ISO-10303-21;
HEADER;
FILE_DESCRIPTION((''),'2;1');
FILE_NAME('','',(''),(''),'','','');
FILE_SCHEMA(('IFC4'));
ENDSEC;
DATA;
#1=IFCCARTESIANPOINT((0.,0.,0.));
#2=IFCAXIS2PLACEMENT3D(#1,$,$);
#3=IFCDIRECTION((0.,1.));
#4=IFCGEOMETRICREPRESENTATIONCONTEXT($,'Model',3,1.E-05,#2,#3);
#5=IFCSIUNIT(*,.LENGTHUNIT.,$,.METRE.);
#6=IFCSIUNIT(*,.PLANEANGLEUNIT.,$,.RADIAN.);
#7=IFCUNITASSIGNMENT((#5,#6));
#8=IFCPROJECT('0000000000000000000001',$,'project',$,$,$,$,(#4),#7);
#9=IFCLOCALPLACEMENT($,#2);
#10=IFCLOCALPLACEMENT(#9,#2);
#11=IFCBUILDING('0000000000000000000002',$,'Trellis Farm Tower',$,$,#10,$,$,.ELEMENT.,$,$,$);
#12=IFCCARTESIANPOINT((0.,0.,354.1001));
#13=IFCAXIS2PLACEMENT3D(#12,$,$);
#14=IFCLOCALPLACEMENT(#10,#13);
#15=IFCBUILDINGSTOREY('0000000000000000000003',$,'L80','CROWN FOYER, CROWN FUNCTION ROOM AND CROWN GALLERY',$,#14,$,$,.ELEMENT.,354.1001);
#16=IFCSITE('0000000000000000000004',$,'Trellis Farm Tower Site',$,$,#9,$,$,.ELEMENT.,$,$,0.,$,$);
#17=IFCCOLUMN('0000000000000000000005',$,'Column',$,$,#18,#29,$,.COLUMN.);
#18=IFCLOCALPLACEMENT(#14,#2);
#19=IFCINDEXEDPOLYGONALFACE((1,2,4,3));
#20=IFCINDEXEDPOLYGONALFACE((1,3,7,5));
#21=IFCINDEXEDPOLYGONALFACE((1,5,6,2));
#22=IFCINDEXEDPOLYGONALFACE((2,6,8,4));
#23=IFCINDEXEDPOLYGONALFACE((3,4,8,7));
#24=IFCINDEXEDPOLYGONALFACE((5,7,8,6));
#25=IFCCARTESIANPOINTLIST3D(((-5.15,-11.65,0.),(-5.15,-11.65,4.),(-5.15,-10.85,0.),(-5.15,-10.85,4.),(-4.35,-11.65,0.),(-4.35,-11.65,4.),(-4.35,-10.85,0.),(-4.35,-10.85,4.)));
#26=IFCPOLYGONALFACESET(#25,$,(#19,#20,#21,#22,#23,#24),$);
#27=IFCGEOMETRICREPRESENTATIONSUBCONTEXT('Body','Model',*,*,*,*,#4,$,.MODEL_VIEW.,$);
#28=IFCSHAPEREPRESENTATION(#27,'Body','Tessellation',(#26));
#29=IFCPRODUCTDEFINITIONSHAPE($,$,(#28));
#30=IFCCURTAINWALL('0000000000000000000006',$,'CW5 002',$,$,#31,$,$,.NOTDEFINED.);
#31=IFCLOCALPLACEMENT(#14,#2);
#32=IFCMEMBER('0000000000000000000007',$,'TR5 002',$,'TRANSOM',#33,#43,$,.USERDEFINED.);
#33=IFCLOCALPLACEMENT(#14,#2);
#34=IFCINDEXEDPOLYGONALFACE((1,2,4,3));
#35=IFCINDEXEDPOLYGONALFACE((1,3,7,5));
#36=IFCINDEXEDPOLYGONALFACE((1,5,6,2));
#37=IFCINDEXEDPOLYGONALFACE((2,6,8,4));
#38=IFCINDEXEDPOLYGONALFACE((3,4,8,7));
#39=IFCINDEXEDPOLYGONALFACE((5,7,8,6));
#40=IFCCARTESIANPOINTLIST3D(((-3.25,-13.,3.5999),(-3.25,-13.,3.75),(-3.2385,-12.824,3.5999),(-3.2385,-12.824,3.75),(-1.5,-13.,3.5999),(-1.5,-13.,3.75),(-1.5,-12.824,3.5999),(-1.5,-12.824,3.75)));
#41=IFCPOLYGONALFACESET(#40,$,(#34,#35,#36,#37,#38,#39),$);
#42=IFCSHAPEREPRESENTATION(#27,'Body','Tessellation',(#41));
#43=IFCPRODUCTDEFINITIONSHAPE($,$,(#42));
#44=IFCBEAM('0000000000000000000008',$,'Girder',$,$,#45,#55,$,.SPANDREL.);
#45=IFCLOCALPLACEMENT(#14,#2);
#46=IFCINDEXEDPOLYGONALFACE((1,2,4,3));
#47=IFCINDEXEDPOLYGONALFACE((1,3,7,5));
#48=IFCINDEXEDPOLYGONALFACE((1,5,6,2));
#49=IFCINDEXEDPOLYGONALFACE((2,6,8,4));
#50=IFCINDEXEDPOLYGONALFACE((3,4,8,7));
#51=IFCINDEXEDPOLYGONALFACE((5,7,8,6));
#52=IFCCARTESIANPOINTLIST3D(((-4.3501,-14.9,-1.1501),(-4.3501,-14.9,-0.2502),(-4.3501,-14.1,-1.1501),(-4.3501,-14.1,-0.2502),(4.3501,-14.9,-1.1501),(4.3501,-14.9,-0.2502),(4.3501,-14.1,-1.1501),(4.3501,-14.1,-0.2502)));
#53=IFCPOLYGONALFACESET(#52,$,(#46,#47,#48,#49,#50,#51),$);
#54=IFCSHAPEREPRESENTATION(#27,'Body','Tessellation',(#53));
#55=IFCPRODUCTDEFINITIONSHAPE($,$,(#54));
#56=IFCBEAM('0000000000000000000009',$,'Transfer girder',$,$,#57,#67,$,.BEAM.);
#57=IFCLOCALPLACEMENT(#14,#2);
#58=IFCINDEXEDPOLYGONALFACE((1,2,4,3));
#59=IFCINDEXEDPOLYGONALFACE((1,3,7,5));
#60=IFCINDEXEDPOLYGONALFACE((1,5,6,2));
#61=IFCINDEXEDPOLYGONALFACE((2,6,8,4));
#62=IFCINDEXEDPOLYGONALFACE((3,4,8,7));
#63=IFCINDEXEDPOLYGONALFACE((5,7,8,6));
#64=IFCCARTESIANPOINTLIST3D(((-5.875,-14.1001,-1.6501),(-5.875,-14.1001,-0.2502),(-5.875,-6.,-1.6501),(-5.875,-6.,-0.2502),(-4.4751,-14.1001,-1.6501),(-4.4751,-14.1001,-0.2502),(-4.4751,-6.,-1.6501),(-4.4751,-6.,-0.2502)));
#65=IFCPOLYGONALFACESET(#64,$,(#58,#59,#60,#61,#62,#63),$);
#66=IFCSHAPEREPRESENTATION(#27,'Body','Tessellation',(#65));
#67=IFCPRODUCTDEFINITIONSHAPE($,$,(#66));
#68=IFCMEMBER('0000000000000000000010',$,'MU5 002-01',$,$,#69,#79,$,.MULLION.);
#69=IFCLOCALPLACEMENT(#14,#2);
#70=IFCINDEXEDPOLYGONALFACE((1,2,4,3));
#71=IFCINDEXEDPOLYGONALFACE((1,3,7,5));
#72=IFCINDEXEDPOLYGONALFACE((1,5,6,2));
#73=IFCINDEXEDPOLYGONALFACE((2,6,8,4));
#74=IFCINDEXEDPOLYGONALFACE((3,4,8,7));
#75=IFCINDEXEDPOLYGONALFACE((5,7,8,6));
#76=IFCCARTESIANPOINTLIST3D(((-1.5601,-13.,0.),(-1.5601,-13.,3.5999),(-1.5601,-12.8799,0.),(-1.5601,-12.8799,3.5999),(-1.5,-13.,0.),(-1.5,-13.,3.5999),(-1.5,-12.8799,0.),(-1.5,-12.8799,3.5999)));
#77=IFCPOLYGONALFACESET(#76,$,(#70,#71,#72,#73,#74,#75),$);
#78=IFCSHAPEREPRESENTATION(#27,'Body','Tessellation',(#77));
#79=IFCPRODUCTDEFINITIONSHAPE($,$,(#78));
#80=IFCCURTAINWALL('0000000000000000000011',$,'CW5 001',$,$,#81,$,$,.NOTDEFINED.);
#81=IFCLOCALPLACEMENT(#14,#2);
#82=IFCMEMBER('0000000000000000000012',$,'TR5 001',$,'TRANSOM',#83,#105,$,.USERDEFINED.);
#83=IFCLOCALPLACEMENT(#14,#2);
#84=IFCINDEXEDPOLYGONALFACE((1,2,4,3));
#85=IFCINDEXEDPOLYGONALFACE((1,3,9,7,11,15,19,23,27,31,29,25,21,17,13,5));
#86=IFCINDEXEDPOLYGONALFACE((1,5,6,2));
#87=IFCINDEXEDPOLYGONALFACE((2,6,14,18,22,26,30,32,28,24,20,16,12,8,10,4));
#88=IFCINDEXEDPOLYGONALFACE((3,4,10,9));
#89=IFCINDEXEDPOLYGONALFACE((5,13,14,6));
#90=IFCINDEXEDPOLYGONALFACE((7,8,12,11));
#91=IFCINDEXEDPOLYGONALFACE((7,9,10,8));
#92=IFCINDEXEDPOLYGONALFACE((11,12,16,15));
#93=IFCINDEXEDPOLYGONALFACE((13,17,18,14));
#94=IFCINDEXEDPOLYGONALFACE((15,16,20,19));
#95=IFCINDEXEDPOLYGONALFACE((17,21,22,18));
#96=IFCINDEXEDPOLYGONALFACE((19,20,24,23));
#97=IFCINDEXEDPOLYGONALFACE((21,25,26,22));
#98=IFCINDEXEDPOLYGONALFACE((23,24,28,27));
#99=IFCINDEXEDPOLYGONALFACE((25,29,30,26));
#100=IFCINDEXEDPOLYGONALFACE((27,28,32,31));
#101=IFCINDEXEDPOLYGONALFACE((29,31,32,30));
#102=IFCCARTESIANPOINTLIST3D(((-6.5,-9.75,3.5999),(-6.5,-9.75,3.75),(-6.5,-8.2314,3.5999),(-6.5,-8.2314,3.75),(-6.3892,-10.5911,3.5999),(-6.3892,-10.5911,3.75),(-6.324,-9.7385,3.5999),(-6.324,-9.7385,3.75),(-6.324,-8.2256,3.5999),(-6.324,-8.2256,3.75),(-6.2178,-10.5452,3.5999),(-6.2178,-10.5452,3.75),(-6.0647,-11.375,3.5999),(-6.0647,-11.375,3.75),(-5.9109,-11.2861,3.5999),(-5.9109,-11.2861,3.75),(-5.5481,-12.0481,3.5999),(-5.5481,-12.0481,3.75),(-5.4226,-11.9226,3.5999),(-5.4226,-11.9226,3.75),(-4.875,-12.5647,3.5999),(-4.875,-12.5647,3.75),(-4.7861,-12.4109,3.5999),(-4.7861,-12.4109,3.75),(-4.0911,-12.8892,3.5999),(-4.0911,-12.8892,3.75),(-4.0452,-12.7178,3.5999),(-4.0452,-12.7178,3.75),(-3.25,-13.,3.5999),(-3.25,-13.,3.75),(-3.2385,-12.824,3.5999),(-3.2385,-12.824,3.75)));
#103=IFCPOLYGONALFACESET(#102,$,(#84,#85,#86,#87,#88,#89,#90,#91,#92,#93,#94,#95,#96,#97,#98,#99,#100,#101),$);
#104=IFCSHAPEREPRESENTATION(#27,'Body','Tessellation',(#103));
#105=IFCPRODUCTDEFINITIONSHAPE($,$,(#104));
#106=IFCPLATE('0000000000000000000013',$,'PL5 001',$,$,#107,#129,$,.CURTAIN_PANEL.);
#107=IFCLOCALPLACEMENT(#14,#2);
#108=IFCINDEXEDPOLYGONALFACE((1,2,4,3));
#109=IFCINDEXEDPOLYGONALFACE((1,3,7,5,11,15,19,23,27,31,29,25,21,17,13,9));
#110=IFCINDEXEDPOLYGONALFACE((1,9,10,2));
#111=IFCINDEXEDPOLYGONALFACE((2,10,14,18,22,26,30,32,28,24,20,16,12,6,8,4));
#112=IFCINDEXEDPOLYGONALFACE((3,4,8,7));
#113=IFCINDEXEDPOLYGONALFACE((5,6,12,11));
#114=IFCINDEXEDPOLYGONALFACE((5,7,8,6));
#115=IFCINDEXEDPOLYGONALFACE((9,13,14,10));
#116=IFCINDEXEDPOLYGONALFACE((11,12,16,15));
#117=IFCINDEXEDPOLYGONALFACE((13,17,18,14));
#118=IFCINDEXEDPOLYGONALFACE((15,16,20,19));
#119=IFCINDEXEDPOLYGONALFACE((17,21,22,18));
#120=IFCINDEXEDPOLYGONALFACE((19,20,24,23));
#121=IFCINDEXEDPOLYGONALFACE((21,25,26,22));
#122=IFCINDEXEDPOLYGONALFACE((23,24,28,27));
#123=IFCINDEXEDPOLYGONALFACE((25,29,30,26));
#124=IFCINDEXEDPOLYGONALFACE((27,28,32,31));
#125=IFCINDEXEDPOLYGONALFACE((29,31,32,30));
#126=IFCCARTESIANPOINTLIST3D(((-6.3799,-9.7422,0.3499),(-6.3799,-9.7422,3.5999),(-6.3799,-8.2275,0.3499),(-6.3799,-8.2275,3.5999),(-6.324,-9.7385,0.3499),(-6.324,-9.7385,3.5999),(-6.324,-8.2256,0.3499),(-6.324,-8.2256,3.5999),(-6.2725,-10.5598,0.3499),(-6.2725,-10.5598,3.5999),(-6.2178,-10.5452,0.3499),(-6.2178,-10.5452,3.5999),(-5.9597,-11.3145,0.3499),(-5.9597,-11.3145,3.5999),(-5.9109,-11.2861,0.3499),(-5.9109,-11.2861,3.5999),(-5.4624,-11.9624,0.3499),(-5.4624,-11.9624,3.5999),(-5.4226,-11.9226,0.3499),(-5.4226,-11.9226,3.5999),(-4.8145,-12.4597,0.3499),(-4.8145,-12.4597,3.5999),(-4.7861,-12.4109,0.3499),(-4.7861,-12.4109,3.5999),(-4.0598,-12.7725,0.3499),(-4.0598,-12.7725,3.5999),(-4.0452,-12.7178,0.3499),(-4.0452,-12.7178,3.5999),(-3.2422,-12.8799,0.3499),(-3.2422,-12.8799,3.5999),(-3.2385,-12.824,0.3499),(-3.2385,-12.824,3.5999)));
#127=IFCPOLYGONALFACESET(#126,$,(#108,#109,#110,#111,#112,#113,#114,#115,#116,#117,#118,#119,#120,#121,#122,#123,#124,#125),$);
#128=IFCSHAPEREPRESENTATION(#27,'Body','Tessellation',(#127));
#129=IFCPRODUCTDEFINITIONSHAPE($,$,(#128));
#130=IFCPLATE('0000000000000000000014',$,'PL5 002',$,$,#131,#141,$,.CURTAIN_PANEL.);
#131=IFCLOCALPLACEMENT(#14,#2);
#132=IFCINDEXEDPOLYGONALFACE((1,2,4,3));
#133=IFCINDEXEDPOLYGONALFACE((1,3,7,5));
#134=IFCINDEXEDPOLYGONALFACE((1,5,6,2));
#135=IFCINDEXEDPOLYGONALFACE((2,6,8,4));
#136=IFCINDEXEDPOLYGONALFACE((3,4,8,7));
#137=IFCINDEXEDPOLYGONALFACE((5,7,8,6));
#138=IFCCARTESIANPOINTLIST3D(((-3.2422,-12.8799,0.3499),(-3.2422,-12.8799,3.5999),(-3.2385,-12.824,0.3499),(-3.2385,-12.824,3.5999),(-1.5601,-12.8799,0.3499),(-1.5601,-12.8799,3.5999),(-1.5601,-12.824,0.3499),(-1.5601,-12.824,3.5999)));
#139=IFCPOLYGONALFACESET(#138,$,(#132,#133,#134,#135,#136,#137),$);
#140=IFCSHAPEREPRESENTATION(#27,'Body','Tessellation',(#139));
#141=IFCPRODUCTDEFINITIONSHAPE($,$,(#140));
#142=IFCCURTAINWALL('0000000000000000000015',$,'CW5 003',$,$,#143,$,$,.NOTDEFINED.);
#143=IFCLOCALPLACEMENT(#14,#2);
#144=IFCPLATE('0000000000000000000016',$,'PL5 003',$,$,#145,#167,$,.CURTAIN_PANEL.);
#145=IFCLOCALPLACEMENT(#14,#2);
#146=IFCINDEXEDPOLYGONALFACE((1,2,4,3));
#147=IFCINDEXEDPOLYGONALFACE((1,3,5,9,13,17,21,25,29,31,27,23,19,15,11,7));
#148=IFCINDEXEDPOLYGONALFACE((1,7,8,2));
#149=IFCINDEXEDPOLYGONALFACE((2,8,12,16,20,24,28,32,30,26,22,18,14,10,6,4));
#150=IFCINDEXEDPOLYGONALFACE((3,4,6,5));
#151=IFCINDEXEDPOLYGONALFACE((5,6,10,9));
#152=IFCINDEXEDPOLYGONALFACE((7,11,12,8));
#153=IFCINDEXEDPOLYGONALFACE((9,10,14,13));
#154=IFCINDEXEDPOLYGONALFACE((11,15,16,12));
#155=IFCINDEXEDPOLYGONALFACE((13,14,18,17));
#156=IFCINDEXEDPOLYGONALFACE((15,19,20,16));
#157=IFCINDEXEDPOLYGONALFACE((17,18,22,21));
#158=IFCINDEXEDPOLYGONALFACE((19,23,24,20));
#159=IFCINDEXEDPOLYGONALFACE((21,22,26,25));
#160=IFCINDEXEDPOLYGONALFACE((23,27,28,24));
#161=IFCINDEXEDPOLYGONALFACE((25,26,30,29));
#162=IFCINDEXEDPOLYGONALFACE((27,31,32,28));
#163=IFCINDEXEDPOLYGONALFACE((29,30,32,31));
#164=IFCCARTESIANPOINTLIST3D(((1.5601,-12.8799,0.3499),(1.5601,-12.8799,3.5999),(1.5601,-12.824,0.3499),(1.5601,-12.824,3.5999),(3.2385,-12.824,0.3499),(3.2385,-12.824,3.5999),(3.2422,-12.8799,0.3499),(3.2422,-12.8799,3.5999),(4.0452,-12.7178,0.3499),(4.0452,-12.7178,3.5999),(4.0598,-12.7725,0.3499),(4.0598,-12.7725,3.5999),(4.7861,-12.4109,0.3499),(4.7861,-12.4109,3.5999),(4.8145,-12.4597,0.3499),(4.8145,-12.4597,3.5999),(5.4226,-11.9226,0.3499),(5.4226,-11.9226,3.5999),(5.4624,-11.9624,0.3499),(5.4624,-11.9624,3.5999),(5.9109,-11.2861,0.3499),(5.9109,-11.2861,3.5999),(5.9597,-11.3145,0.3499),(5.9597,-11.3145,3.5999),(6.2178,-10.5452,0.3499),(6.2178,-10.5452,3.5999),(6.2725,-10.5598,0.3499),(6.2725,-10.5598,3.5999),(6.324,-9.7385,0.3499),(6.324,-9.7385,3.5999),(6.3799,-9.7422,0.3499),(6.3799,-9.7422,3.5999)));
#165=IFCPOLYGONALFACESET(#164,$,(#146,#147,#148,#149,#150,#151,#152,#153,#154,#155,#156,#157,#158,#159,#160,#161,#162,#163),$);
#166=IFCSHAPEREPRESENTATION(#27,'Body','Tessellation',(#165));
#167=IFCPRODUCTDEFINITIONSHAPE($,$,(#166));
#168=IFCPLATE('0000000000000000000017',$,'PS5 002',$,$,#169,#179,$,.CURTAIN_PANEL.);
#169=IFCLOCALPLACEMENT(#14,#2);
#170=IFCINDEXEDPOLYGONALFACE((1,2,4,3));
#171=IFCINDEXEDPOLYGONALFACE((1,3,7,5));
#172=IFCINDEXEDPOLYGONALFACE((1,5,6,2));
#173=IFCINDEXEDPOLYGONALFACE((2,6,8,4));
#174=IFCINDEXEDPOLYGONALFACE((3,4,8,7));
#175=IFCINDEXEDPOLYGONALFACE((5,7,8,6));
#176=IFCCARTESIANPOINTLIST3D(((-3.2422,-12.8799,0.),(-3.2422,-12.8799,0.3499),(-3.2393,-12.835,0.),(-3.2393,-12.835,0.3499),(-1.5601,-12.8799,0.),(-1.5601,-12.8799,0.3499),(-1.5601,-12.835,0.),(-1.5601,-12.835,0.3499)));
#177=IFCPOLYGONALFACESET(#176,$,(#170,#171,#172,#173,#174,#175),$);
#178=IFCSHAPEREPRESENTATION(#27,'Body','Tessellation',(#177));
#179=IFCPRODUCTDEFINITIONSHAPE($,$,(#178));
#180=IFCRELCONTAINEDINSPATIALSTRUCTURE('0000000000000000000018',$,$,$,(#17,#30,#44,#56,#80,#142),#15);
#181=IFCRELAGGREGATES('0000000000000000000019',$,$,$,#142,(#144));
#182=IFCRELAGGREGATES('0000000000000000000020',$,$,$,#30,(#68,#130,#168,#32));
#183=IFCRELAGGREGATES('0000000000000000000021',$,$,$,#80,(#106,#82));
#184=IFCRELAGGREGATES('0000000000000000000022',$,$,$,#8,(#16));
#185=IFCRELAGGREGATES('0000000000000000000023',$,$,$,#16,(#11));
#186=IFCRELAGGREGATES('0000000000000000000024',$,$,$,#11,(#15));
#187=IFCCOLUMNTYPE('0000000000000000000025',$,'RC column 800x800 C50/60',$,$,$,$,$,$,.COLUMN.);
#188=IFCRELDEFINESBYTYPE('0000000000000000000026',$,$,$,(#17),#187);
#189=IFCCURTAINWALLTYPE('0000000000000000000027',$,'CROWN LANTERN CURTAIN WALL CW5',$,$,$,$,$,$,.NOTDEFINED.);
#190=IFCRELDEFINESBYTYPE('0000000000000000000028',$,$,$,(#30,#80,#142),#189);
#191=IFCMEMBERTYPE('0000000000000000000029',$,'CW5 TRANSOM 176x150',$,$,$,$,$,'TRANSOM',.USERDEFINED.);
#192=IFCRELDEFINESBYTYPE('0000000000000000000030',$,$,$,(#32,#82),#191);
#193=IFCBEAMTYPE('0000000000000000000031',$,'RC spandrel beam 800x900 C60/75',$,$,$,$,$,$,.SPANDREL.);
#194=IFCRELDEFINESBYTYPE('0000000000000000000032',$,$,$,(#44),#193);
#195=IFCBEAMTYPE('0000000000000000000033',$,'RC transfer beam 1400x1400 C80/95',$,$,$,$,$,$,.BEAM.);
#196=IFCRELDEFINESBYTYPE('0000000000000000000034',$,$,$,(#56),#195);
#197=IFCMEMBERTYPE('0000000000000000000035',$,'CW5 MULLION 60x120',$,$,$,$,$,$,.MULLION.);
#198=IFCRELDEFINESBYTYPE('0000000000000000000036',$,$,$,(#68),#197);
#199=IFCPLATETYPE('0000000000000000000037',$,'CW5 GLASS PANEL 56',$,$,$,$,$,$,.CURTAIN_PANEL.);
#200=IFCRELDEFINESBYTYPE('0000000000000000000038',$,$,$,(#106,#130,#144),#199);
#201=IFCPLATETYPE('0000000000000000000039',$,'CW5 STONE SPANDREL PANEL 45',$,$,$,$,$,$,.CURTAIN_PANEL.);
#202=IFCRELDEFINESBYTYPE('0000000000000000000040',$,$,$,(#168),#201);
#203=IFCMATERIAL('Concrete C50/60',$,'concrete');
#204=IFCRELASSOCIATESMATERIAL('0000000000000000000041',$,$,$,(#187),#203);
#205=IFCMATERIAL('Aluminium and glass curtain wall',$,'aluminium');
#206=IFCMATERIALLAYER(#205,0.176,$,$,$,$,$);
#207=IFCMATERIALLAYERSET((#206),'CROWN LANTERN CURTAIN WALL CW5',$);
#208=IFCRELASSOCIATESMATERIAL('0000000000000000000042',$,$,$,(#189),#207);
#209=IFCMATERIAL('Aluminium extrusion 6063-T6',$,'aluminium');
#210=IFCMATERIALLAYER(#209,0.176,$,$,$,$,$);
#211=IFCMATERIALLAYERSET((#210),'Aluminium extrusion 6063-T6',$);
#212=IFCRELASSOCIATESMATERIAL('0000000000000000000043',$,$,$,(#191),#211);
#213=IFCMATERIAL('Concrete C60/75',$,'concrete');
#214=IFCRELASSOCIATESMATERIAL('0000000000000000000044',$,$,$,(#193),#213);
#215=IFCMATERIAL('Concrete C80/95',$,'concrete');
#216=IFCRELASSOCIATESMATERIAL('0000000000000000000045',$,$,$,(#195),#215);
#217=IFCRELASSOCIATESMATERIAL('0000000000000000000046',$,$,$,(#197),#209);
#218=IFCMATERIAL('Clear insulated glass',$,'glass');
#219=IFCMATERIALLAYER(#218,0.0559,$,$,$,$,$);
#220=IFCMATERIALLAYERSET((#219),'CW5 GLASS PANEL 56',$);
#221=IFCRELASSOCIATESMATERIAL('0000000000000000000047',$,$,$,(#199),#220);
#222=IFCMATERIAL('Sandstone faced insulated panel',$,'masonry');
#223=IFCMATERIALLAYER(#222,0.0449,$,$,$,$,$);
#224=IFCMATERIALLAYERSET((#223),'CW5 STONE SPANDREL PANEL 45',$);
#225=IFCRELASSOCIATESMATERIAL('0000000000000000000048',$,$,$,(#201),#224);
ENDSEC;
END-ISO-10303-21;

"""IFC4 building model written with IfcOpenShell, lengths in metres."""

from ifc_helpers import new_model, si_unit, direction, frame, origin, origin_2d, place, context, subcontext, project, spatial, polyline, rectangle, outline, extrude, source, transform, mapped, material, layer, layer_set, material_profile, profile_set, type_object, element, aggregate, save


model = new_model("IFC4")

# Units and contexts
model_context = context("Model", 3, precision=1e-05, world=origin(), true_north=direction((0.0, 1.0)))
body_context = subcontext(model_context, "Body", "Model", "MODEL_VIEW")
ifc_project = project(units=[si_unit("LENGTHUNIT", "METRE"), si_unit("PLANEANGLEUNIT", "RADIAN")], contexts=[model_context])

# Site, building, storey
site_placement = place(None, origin())
site = spatial("IfcSite", under=ifc_project, at=site_placement, Name="Trellis Farm Tower Site", CompositionType="ELEMENT", RefElevation=0.0)
building_placement = place(site_placement, origin())
building = spatial("IfcBuilding", under=site, at=building_placement, Name="Trellis Farm Tower", CompositionType="ELEMENT")
storey_placement = place(building_placement, frame((0.0, 0.0, 354.1001)))
storey = spatial("IfcBuildingStorey", under=building, at=storey_placement, Name="L80", Description="CROWN FOYER, CROWN FUNCTION ROOM AND CROWN GALLERY", CompositionType="ELEMENT", Elevation=354.1001)

# Column
ifc_material_1 = material(Name="Concrete C50/60", Category="concrete")
ifc_material_profile_1 = material_profile(ifc_material_1, rectangle(XDim=0.8, YDim=0.8, at=origin_2d()), Name="RC column 800x800 C50/60")
ifc_profile_set_1 = profile_set([ifc_material_profile_1], Name="Concrete C50/60")
column_type = type_object("IfcColumnType", Name="RC column 800x800 C50/60", PredefinedType="COLUMN", material=ifc_profile_set_1)
shared_shape_1 = source(origin(), body_context, "Body", "SweptSolid", [
    extrude(rectangle(XDim=0.8, YDim=0.8, at=origin_2d()), origin(), (0.0, 0.0, 1.0), 4.0),
])
column_placement = place(storey_placement, frame((-4.75, -11.25, 0.0), z_axis=(0.0, 0.0, 1.0), x_axis=(1.0, 0.0, 0.0)))
element("IfcColumn", 1, at=column_placement, inside=storey, type_object=column_type, Name="Column", PredefinedType="COLUMN", context=body_context, shape_type="MappedRepresentation", body=[
    mapped(shared_shape_1, transform((0.0, 0.0, 0.0))),
])

# Curtain wall, member
ifc_material_2 = material(Name="Aluminium and glass curtain wall", Category="aluminium")
ifc_layer_1 = layer(ifc_material_2, 0.176)
ifc_layer_set_1 = layer_set([ifc_layer_1], Name="CROWN LANTERN CURTAIN WALL CW5")
curtain_wall_type = type_object("IfcCurtainWallType", Name="CROWN LANTERN CURTAIN WALL CW5", PredefinedType="NOTDEFINED", material=ifc_layer_set_1)
placement_1 = place(storey_placement, origin())
curtain_wall_1 = element("IfcCurtainWall", 2, at=placement_1, inside=storey, type_object=curtain_wall_type, Name="CW5 002", PredefinedType="NOTDEFINED")
ifc_material_3 = material(Name="Aluminium extrusion 6063-T6", Category="aluminium")
ifc_layer_2 = layer(ifc_material_3, 0.176)
ifc_layer_set_2 = layer_set([ifc_layer_2], Name="Aluminium extrusion 6063-T6")
member_type_1 = type_object("IfcMemberType", Name="CW5 TRANSOM 176x150", ElementType="TRANSOM", PredefinedType="USERDEFINED", material=ifc_layer_set_2)
placement_2 = place(storey_placement, frame((0.0, 0.0, 3.5999)))
member_1 = element("IfcMember", 3, at=placement_2, type_object=member_type_1, Name="TR5 002", ObjectType="TRANSOM", PredefinedType="USERDEFINED", context=body_context, shape_type="SweptSolid", body=[
    extrude(outline(polyline([(-3.25, -13.0), (-1.5, -13.0), (-1.5, -12.824), (-3.2385, -12.824), (-3.25, -13.0)])), origin(), (0.0, 0.0, 1.0), 0.1501),
])

# Beams
ifc_material_4 = material(Name="Concrete C60/75", Category="concrete")
ifc_material_profile_2 = material_profile(ifc_material_4, rectangle(XDim=0.8, YDim=0.8999, at=origin_2d()), Name="RC spandrel beam 800x900 C60/75")
ifc_profile_set_2 = profile_set([ifc_material_profile_2], Name="Concrete C60/75")
beam_type_1 = type_object("IfcBeamType", Name="RC spandrel beam 800x900 C60/75", PredefinedType="SPANDREL", material=ifc_profile_set_2)
shared_shape_2 = source(origin(), body_context, "Body", "SweptSolid", [
    extrude(rectangle(XDim=0.8, YDim=0.8999, at=origin_2d()), origin(), (0.0, 0.0, 1.0), 8.7002),
])
beam_1_placement = place(storey_placement, frame((-4.3501, -14.5, -0.7002), z_axis=(1.0, 0.0, 0.0), x_axis=(0.0, 1.0, 0.0)))
element("IfcBeam", 4, at=beam_1_placement, inside=storey, type_object=beam_type_1, Name="Girder", PredefinedType="SPANDREL", context=body_context, shape_type="MappedRepresentation", body=[
    mapped(shared_shape_2, transform((0.0, 0.0, 0.0))),
])
ifc_material_5 = material(Name="Concrete C80/95", Category="concrete")
ifc_material_profile_3 = material_profile(ifc_material_5, rectangle(XDim=1.3999, YDim=1.3999, at=origin_2d()), Name="RC transfer beam 1400x1400 C80/95")
ifc_profile_set_3 = profile_set([ifc_material_profile_3], Name="Concrete C80/95")
beam_type_2 = type_object("IfcBeamType", Name="RC transfer beam 1400x1400 C80/95", PredefinedType="BEAM", material=ifc_profile_set_3)
shared_shape_3 = source(origin(), body_context, "Body", "SweptSolid", [
    extrude(rectangle(XDim=1.3999, YDim=1.3999, at=origin_2d()), origin(), (0.0, 0.0, 1.0), 8.1001),
])
beam_2_placement = place(storey_placement, frame((-5.175, -14.1001, -0.9502), z_axis=(0.0, 1.0, 0.0), x_axis=(-1.0, 0.0, 0.0)))
element("IfcBeam", 5, at=beam_2_placement, inside=storey, type_object=beam_type_2, Name="Transfer girder", PredefinedType="BEAM", context=body_context, shape_type="MappedRepresentation", body=[
    mapped(shared_shape_3, transform((0.0, 0.0, 0.0))),
])

# Member
ifc_material_profile_4 = material_profile(ifc_material_3, rectangle(XDim=0.0601, YDim=0.1201, at=origin_2d()), Name="MULLION 60x120")
ifc_profile_set_4 = profile_set([ifc_material_profile_4], Name="Aluminium extrusion 6063-T6")
member_type_2 = type_object("IfcMemberType", Name="CW5 MULLION 60x120", PredefinedType="MULLION", material=ifc_profile_set_4)
shared_shape_4 = source(origin(), body_context, "Body", "SweptSolid", [
    extrude(rectangle(XDim=0.0601, YDim=0.1201, at=origin_2d()), origin(), (0.0, 0.0, 1.0), 3.5999),
])
member_2_placement = place(storey_placement, frame((-1.53, -12.9399, 0.0), z_axis=(0.0, 0.0, 1.0), x_axis=(1.0, 0.0, 0.0)))
member_2 = element("IfcMember", 6, at=member_2_placement, type_object=member_type_2, Name="MU5 002-01", PredefinedType="MULLION", context=body_context, shape_type="MappedRepresentation", body=[
    mapped(shared_shape_4, transform((0.0, 0.0, 0.0))),
])

# Curtain wall, member, plate
curtain_wall_2 = element("IfcCurtainWall", 7, at=placement_1, inside=storey, type_object=curtain_wall_type, Name="CW5 001", PredefinedType="NOTDEFINED")
shared_shape_5 = source(origin(), body_context, "Body", "SweptSolid", [
    extrude(outline(polyline([(-6.5, -8.2314), (-6.5, -9.75), (-6.3892, -10.5911), (-6.0647, -11.375), (-5.5481, -12.0481), (-4.875, -12.5647), (-4.0911, -12.8892), (-3.25, -13.0), (-3.2385, -12.824), (-4.0452, -12.7178), (-4.7861, -12.4109), (-5.4226, -11.9226), (-5.9109, -11.2861), (-6.2178, -10.5452), (-6.324, -9.7385), (-6.324, -8.2256), (-6.5, -8.2314)])), origin(), (0.0, 0.0, 1.0), 0.1501),
])
member_3 = element("IfcMember", 8, at=placement_2, type_object=member_type_1, Name="TR5 001", ObjectType="TRANSOM", PredefinedType="USERDEFINED", context=body_context, shape_type="MappedRepresentation", body=[
    mapped(shared_shape_5, transform((0.0, 0.0, 0.0))),
])
ifc_material_6 = material(Name="Clear insulated glass", Category="glass")
ifc_layer_3 = layer(ifc_material_6, 0.0559)
ifc_layer_set_3 = layer_set([ifc_layer_3], Name="CW5 GLASS PANEL 56")
plate_type_1 = type_object("IfcPlateType", Name="CW5 GLASS PANEL 56", PredefinedType="CURTAIN_PANEL", material=ifc_layer_set_3)
placement_3 = place(storey_placement, frame((0.0, 0.0, 0.3499)))
plate_1 = element("IfcPlate", 9, at=placement_3, type_object=plate_type_1, Name="PL5 001", PredefinedType="CURTAIN_PANEL", context=body_context, shape_type="SweptSolid", body=[
    extrude(outline(polyline([(-6.3799, -8.2275), (-6.3799, -9.7422), (-6.2725, -10.5598), (-5.9597, -11.3145), (-5.4624, -11.9624), (-4.8145, -12.4597), (-4.0598, -12.7725), (-3.2422, -12.8799), (-3.2385, -12.824), (-4.0452, -12.7178), (-4.7861, -12.4109), (-5.4226, -11.9226), (-5.9109, -11.2861), (-6.2178, -10.5452), (-6.324, -9.7385), (-6.324, -8.2256), (-6.3799, -8.2275)])), origin(), (0.0, 0.0, 1.0), 3.25),
])

# Plate
plate_2 = element("IfcPlate", 10, at=placement_3, type_object=plate_type_1, Name="PL5 002", PredefinedType="CURTAIN_PANEL", context=body_context, shape_type="SweptSolid", body=[
    extrude(outline(polyline([(-3.2422, -12.8799), (-1.5601, -12.8799), (-1.5601, -12.824), (-3.2385, -12.824), (-3.2422, -12.8799)])), origin(), (0.0, 0.0, 1.0), 3.25),
])

# Curtain wall, plate
curtain_wall_3 = element("IfcCurtainWall", 11, at=placement_1, inside=storey, type_object=curtain_wall_type, Name="CW5 003", PredefinedType="NOTDEFINED")
plate_3 = element("IfcPlate", 12, at=placement_3, type_object=plate_type_1, Name="PL5 003", PredefinedType="CURTAIN_PANEL", context=body_context, shape_type="SweptSolid", body=[
    extrude(outline(polyline([(1.5601, -12.8799), (3.2422, -12.8799), (4.0598, -12.7725), (4.8145, -12.4597), (5.4624, -11.9624), (5.9597, -11.3145), (6.2725, -10.5598), (6.3799, -9.7422), (6.324, -9.7385), (6.2178, -10.5452), (5.9109, -11.2861), (5.4226, -11.9226), (4.7861, -12.4109), (4.0452, -12.7178), (3.2385, -12.824), (1.5601, -12.824), (1.5601, -12.8799)])), origin(), (0.0, 0.0, 1.0), 3.25),
])
aggregate(curtain_wall_3, [plate_3])

# Plate
ifc_material_7 = material(Name="Sandstone faced insulated panel", Category="masonry")
ifc_layer_4 = layer(ifc_material_7, 0.0449)
ifc_layer_set_4 = layer_set([ifc_layer_4], Name="CW5 STONE SPANDREL PANEL 45")
plate_type_2 = type_object("IfcPlateType", Name="CW5 STONE SPANDREL PANEL 45", PredefinedType="CURTAIN_PANEL", material=ifc_layer_set_4)
plate_4 = element("IfcPlate", 13, at=placement_1, type_object=plate_type_2, Name="PS5 002", PredefinedType="CURTAIN_PANEL", context=body_context, shape_type="SweptSolid", body=[
    extrude(outline(polyline([(-3.2422, -12.8799), (-1.5601, -12.8799), (-1.5601, -12.835), (-3.2393, -12.835), (-3.2422, -12.8799)])), origin(), (0.0, 0.0, 1.0), 0.3499),
])
aggregate(curtain_wall_1, [member_2, plate_2, plate_4, member_1])

aggregate(curtain_wall_2, [plate_1, member_3])

save(model, "model.ifc")
